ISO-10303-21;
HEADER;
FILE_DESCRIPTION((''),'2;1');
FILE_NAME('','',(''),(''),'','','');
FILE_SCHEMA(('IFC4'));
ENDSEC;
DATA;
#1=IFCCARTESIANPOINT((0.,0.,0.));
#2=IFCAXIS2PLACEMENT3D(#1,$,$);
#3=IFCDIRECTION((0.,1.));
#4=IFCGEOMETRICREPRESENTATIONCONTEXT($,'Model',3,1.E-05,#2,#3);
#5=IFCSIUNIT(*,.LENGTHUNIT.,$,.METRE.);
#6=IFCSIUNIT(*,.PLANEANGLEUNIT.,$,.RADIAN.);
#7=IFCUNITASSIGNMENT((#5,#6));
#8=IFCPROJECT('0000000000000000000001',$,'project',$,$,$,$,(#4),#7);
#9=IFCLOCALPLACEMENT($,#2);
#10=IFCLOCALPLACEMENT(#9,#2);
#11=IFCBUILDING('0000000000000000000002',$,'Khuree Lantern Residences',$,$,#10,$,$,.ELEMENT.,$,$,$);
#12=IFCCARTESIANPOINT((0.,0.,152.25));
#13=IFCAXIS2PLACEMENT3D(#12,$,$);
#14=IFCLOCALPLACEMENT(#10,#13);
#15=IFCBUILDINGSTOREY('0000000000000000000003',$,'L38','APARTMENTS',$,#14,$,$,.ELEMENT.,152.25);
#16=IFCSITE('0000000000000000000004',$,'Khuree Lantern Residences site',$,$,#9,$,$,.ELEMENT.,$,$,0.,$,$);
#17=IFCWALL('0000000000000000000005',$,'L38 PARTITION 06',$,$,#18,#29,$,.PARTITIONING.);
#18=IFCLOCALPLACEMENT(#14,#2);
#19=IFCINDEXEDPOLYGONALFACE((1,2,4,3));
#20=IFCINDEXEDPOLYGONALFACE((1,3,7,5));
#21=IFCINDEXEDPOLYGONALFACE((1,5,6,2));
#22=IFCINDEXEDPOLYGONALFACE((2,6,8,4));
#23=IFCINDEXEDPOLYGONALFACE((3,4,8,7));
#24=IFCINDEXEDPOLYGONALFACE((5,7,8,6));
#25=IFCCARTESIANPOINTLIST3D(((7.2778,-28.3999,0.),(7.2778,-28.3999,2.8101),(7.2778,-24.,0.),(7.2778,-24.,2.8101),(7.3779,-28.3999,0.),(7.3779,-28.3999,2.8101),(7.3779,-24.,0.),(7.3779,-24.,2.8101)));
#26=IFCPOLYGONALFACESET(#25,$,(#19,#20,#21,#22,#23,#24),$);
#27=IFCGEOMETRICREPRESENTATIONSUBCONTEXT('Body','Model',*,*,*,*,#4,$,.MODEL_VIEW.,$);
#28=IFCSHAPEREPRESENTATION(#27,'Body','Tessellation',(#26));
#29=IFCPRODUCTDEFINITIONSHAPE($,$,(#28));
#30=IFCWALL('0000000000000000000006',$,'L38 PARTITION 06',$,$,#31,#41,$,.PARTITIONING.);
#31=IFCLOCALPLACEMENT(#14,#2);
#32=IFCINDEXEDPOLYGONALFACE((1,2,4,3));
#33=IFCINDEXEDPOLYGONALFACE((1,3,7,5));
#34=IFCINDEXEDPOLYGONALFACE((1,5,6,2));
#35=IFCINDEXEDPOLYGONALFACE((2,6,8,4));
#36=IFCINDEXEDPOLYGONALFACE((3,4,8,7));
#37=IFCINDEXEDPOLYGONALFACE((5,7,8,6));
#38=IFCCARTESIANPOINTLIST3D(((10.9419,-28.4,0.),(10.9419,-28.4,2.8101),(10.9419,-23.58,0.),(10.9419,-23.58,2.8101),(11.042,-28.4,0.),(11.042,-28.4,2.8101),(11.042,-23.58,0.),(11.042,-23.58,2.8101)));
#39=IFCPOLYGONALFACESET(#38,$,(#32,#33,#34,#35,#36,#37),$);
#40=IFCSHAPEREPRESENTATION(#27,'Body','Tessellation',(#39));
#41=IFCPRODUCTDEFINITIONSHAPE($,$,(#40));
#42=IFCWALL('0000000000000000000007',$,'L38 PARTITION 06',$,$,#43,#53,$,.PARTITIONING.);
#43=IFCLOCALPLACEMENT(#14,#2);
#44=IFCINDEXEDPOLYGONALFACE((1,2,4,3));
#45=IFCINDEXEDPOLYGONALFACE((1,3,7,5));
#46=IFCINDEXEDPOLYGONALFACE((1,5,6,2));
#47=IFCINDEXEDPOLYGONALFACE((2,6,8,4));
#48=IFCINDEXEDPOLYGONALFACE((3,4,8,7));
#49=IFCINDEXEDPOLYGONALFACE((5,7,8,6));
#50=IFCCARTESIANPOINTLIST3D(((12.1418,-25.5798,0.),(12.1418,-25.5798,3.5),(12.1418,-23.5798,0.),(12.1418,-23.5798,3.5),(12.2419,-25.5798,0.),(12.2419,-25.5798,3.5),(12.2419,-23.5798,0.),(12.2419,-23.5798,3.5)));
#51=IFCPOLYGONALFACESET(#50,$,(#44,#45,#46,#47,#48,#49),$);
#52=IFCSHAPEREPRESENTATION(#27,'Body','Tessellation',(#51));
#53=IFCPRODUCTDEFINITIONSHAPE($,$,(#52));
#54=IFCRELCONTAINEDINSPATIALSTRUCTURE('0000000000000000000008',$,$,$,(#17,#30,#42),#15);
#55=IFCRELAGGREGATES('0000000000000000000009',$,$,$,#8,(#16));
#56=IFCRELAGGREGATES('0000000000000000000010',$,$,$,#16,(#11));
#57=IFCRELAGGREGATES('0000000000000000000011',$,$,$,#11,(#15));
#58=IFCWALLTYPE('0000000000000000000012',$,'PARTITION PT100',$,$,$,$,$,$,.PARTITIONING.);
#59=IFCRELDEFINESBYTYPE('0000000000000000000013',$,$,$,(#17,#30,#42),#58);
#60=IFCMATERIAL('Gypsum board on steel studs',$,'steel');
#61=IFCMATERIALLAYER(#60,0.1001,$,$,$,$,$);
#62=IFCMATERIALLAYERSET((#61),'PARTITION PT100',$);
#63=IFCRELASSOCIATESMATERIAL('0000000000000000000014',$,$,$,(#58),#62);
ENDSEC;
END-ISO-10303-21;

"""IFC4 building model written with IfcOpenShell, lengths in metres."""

from ifc_helpers import new_model, si_unit, direction, frame, frame_2d, origin, place, context, subcontext, project, spatial, rectangle, extrude, material, layer, layer_set, type_object, element, save


model = new_model("IFC4")

# Units and contexts
model_context = context("Model", 3, precision=1e-05, world=origin(), true_north=direction((0.0, 1.0)))
body_context = subcontext(model_context, "Body", "Model", "MODEL_VIEW")
ifc_project = project(units=[si_unit("LENGTHUNIT", "METRE"), si_unit("PLANEANGLEUNIT", "RADIAN")], contexts=[model_context])

# Site, building, storey
site_placement = place(None, origin())
site = spatial("IfcSite", under=ifc_project, at=site_placement, Name="Khuree Lantern Residences site", CompositionType="ELEMENT", RefElevation=0.0)
building_placement = place(site_placement, origin())
building = spatial("IfcBuilding", under=site, at=building_placement, Name="Khuree Lantern Residences", CompositionType="ELEMENT")
storey_placement = place(building_placement, frame((0.0, 0.0, 152.25)))
storey = spatial("IfcBuildingStorey", under=building, at=storey_placement, Name="L38", Description="APARTMENTS", CompositionType="ELEMENT", Elevation=152.25)

# Shared definitions
ifc_material_1 = material(Name="Gypsum board on steel studs", Category="steel")

# Walls
ifc_layer_1 = layer(ifc_material_1, 0.1001)
ifc_layer_set_1 = layer_set([ifc_layer_1], Name="PARTITION PT100")
wall_type_1 = type_object("IfcWallType", Name="PARTITION PT100", PredefinedType="PARTITIONING", material=ifc_layer_set_1)
wall_1_placement = place(storey_placement, frame((7.3279, -24.0, 0.0), z_axis=(0.0, 0.0, 1.0), x_axis=(0.0, -1.0, 0.0)))
element("IfcWall", 1, at=wall_1_placement, inside=storey, type_object=wall_type_1, Name="L38 PARTITION 06", PredefinedType="PARTITIONING", context=body_context, shape_type="SweptSolid", body=[
    extrude(rectangle(XDim=4.3999, YDim=0.1001, at=frame_2d((2.2, 0.0))), origin(), (0.0, 0.0, 1.0), 2.8101),
])
wall_2_placement = place(storey_placement, frame((10.9919, -23.5798, 0.0), z_axis=(0.0, 0.0, 1.0), x_axis=(0.0, -1.0, 0.0)))
element("IfcWall", 2, at=wall_2_placement, inside=storey, type_object=wall_type_1, Name="L38 PARTITION 06", PredefinedType="PARTITIONING", context=body_context, shape_type="SweptSolid", body=[
    extrude(rectangle(XDim=4.8201, YDim=0.1001, at=frame_2d((2.4102, 0.0))), origin(), (0.0, 0.0, 1.0), 2.8101),
])
wall_3_placement = place(storey_placement, frame((12.1919, -23.5798, 0.0), z_axis=(0.0, 0.0, 1.0), x_axis=(0.0, -1.0, 0.0)))
element("IfcWall", 3, at=wall_3_placement, inside=storey, type_object=wall_type_1, Name="L38 PARTITION 06", PredefinedType="PARTITIONING", context=body_context, shape_type="SweptSolid", body=[
    extrude(rectangle(XDim=2.0, YDim=0.1001, at=frame_2d((1.0, 0.0))), origin(), (0.0, 0.0, 1.0), 3.5),
])

save(model, "model.ifc")
